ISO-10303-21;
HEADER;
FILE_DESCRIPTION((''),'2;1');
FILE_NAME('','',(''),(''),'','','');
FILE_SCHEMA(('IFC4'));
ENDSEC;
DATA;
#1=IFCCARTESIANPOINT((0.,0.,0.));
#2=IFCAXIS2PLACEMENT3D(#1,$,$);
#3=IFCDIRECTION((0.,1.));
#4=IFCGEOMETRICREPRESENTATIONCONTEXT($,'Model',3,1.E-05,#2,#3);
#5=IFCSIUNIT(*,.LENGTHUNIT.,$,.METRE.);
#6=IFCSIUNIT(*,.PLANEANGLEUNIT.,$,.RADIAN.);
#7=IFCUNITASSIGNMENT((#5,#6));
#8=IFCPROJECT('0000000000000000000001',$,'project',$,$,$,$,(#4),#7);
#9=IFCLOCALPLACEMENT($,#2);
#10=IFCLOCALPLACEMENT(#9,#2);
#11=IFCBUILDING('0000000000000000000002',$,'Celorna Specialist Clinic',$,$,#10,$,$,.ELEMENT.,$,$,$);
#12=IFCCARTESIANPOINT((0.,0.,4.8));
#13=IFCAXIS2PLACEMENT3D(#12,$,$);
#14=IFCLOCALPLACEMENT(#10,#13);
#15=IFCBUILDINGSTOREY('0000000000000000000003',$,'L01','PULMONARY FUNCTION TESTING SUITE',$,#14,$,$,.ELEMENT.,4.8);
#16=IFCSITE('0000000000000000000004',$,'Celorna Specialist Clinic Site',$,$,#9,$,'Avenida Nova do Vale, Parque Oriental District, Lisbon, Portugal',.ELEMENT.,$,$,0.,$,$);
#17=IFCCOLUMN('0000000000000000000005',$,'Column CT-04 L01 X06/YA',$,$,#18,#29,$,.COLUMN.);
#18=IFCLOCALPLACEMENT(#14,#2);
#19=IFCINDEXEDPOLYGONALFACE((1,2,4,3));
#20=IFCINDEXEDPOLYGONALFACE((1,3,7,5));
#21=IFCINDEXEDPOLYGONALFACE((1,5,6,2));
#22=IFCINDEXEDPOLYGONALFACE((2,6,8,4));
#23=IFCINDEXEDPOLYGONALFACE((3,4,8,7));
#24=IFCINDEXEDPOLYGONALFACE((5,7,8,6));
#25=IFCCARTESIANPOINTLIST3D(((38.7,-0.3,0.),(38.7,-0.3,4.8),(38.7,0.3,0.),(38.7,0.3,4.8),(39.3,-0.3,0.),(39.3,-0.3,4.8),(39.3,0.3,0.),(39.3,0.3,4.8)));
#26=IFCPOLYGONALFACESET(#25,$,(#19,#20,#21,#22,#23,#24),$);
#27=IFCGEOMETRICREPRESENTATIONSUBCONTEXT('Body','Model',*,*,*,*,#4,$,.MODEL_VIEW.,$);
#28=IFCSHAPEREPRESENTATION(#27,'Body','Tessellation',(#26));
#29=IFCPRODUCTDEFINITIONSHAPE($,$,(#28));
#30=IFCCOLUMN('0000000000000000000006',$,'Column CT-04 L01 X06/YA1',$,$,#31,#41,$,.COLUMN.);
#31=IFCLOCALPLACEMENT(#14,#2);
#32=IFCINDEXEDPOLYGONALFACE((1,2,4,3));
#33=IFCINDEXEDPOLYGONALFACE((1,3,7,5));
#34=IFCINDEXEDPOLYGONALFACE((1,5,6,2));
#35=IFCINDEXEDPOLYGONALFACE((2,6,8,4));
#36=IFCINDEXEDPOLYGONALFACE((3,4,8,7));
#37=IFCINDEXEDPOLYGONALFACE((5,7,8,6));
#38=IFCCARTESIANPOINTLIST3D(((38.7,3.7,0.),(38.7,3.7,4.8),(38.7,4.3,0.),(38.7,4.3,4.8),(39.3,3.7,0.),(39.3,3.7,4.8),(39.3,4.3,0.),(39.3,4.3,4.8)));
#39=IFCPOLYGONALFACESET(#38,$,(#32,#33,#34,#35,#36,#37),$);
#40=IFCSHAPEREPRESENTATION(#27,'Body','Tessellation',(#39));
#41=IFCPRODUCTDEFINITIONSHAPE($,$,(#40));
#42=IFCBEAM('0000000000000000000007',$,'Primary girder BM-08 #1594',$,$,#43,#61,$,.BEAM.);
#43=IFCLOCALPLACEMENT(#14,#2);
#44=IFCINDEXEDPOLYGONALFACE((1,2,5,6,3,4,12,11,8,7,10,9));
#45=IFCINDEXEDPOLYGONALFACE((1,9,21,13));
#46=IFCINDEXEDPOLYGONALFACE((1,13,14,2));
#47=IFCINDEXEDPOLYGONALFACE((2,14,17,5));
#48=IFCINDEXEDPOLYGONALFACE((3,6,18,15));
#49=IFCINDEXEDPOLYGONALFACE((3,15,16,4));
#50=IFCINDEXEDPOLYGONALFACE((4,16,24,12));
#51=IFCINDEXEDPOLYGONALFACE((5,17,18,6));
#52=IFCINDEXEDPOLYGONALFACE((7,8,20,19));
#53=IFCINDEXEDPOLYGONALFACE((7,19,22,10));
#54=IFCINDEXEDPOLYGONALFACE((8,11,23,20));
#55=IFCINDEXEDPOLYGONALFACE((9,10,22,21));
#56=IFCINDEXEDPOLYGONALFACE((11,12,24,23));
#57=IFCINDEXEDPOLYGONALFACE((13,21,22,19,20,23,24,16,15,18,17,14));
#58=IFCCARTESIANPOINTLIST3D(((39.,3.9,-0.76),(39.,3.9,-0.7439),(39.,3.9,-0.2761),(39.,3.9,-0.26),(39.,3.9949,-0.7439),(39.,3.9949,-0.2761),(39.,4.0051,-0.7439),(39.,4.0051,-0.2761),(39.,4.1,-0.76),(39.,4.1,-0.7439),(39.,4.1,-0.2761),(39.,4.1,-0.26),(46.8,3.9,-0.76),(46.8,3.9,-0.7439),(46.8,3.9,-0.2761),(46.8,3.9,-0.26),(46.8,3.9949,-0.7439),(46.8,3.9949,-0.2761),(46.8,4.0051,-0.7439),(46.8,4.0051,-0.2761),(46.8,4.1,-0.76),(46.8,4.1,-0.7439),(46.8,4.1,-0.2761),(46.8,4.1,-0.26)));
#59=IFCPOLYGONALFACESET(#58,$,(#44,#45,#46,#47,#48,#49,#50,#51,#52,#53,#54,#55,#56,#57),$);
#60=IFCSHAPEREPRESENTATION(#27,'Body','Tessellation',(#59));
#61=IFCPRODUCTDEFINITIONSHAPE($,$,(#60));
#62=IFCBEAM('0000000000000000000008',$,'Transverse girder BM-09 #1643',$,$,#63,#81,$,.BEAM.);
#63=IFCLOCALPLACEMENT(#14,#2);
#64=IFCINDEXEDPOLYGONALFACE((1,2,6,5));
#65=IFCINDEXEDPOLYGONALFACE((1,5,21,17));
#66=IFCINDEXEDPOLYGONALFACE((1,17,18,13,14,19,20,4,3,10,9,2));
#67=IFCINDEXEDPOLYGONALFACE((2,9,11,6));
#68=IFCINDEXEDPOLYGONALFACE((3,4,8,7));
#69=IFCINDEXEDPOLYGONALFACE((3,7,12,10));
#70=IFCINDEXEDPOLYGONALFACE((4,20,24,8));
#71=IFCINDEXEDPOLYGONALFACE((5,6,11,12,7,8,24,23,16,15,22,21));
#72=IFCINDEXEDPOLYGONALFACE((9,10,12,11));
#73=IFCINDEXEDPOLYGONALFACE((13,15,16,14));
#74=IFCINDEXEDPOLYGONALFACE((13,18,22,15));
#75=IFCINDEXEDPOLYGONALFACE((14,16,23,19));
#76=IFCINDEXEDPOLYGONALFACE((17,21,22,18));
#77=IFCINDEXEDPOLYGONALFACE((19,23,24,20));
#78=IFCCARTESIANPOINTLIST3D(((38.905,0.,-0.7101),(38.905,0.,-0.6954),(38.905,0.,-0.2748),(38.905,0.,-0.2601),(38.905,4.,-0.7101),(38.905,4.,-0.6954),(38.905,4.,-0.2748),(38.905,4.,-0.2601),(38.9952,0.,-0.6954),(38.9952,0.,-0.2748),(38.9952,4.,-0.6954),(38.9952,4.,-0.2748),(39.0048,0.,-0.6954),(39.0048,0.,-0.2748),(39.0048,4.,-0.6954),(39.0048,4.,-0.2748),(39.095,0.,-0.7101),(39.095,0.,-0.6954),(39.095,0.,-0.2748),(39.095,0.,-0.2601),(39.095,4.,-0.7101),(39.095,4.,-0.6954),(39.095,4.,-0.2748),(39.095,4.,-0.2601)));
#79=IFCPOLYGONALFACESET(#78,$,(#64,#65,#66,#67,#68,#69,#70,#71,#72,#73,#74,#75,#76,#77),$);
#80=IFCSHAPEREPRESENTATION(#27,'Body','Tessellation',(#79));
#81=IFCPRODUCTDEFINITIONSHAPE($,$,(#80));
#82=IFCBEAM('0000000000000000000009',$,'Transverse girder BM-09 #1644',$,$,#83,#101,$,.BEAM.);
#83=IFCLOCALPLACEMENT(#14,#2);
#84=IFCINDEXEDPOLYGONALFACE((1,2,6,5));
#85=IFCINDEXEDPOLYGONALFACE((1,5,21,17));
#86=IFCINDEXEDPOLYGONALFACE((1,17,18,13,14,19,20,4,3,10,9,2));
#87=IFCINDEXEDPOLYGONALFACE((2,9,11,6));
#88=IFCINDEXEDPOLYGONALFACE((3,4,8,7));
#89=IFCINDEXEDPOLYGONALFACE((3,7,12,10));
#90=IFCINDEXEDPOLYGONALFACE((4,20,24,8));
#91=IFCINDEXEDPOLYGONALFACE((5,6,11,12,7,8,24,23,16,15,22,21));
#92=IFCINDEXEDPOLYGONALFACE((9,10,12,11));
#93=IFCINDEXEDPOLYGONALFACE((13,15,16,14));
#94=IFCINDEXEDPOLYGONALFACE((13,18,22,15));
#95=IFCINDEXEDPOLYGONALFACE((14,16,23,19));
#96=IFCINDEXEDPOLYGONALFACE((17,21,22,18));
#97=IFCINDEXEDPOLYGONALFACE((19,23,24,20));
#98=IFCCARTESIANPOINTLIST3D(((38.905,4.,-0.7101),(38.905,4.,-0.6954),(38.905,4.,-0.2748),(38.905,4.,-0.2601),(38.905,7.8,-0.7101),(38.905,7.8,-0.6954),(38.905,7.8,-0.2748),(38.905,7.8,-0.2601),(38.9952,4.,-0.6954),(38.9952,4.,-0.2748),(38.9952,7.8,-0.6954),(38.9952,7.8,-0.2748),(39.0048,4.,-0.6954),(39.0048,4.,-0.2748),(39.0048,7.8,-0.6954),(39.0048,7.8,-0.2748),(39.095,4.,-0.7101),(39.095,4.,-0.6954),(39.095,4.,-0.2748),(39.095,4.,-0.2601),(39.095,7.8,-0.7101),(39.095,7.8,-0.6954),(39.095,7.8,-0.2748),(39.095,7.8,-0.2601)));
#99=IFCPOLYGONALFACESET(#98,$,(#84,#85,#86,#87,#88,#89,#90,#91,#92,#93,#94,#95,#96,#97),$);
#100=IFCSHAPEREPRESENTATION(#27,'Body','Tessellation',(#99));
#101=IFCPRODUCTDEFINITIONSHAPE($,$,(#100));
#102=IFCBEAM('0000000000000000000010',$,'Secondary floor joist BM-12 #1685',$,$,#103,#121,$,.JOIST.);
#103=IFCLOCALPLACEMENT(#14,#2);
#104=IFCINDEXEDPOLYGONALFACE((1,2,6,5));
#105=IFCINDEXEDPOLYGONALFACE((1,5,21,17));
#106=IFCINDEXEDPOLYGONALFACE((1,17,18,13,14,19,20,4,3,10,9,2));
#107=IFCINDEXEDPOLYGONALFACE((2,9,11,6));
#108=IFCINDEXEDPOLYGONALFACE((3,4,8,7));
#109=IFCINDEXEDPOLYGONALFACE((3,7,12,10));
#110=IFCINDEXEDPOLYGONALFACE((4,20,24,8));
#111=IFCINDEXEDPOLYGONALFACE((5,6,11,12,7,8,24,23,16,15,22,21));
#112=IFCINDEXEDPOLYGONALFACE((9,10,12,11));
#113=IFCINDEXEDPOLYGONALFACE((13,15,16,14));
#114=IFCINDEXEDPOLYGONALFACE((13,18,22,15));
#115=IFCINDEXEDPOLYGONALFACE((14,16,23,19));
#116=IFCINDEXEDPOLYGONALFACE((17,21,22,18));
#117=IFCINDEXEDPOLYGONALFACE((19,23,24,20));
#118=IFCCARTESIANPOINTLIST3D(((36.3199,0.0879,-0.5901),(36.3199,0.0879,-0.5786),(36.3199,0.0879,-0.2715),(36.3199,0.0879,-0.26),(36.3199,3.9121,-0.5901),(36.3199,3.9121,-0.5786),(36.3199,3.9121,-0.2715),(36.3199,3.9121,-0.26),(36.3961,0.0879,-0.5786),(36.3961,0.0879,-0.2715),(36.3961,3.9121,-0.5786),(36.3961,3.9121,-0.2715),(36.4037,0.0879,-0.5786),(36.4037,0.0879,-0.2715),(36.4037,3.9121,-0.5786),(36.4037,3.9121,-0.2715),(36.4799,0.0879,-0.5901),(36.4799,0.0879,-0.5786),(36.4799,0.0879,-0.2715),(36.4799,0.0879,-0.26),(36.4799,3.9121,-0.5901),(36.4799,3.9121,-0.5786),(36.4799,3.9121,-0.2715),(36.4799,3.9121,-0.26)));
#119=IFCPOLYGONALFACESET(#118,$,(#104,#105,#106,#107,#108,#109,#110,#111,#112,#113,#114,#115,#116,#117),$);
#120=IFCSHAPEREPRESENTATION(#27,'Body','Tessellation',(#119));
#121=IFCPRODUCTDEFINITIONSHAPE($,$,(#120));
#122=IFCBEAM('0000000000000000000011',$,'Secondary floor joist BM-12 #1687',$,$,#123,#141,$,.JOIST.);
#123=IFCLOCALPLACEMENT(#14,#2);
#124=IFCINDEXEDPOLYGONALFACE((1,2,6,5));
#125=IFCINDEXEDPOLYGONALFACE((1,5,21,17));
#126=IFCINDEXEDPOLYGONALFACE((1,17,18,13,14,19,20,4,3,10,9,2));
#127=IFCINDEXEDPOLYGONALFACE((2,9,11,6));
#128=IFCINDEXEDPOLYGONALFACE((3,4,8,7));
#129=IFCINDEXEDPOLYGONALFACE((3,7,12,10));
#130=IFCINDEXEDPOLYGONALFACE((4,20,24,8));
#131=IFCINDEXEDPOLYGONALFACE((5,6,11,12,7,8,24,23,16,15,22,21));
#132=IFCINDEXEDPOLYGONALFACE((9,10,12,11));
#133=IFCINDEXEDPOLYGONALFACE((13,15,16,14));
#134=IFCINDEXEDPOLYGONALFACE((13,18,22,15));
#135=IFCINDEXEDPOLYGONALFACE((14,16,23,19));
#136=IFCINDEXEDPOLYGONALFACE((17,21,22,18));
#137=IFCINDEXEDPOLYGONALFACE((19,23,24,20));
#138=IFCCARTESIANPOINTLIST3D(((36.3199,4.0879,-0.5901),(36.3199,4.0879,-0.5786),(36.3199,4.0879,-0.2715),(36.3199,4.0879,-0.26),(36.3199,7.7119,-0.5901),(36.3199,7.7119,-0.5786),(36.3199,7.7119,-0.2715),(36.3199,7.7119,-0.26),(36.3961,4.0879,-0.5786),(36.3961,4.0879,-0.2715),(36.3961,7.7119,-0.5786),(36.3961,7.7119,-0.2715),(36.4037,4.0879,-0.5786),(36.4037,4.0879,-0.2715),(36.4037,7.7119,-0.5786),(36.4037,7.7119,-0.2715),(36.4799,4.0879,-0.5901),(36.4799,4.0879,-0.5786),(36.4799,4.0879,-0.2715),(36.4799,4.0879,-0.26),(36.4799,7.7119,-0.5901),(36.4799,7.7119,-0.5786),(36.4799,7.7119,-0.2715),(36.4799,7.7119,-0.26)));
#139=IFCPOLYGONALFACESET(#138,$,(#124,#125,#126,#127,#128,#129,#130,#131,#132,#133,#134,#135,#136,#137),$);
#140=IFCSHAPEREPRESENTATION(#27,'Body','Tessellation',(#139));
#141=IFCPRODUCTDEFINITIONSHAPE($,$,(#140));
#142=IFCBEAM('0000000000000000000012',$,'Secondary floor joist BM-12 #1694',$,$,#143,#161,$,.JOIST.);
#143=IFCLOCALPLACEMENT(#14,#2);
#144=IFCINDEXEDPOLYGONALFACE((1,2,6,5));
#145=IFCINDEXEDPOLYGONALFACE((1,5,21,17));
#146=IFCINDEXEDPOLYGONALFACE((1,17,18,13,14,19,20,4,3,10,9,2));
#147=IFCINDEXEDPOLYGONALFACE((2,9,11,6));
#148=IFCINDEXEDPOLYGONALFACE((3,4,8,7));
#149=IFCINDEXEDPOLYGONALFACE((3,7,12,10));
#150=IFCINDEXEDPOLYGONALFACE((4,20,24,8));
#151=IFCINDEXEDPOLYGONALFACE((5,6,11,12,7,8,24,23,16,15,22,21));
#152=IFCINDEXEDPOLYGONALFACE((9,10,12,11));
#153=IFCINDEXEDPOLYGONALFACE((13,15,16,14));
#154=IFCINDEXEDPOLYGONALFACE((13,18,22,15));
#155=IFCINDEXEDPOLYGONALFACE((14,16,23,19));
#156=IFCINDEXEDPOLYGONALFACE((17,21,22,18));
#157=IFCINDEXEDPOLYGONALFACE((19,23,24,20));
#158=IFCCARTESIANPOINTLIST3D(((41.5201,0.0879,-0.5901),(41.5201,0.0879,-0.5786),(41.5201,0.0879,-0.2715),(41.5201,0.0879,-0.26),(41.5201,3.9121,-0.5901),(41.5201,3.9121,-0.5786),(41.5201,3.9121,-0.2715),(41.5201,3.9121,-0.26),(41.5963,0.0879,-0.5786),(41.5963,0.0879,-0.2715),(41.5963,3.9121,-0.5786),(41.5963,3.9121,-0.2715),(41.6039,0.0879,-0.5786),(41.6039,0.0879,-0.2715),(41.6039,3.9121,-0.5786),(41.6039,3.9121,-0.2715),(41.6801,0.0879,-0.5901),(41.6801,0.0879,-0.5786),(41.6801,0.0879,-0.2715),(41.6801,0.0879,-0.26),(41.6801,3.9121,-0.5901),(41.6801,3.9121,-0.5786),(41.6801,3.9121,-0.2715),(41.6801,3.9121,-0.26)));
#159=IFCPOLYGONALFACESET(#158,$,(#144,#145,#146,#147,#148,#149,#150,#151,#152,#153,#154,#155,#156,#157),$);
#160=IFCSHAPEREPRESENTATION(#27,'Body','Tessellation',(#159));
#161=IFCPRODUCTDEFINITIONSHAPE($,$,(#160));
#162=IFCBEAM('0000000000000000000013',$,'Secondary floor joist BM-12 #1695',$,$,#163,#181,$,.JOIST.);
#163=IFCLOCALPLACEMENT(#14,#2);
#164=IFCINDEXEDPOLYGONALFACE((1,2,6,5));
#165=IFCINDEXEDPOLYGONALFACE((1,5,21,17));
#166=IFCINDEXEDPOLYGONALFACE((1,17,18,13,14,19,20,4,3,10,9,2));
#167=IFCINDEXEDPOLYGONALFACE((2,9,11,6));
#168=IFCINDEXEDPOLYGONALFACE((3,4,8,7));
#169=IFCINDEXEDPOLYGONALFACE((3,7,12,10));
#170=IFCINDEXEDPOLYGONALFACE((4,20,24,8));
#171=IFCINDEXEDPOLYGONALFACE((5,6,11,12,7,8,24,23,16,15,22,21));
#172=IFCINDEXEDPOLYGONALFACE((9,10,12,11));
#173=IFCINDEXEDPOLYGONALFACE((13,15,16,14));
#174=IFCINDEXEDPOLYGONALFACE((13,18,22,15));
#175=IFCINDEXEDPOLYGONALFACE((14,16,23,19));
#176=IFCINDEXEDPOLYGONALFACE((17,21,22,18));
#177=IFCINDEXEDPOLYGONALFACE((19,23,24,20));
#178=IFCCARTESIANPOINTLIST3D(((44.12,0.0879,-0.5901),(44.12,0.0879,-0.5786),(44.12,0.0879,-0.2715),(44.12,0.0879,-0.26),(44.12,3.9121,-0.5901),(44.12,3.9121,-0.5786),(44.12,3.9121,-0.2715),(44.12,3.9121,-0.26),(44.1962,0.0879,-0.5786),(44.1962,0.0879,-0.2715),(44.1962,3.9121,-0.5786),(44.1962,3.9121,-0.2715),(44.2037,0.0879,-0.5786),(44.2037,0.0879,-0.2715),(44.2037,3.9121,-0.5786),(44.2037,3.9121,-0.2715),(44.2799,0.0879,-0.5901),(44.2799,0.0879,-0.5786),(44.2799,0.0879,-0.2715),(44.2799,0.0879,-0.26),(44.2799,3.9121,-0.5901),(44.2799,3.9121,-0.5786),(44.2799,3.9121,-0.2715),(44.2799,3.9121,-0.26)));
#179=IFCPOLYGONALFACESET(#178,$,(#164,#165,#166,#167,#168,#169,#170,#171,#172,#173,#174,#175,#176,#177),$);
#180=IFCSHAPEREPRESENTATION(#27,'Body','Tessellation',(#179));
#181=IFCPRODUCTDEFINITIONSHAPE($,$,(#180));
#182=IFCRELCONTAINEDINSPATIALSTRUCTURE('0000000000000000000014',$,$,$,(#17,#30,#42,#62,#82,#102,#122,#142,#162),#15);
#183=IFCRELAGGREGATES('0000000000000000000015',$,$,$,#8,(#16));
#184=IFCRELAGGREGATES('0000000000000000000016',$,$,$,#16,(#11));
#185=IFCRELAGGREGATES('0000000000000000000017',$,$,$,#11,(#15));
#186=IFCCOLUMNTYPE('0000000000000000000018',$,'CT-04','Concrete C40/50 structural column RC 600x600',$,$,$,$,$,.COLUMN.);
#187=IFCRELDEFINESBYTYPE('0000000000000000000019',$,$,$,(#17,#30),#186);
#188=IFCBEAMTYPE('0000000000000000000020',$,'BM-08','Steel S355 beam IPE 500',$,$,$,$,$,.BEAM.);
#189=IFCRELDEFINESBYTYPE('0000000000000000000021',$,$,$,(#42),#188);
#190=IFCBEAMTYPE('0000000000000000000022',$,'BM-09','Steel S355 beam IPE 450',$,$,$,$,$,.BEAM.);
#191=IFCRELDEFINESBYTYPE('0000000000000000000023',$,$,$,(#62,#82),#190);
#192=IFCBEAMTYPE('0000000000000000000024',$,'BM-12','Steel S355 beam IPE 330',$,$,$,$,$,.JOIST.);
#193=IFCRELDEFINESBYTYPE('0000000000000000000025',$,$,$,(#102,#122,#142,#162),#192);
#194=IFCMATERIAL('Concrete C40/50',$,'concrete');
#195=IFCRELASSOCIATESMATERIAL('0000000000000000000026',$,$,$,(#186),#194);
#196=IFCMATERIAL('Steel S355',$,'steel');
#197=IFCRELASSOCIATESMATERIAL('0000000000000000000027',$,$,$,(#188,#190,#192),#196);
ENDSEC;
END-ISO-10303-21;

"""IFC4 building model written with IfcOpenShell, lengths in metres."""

from ifc_helpers import new_model, si_unit, direction, frame, origin, origin_2d, place, context, subcontext, project, spatial, rectangle, i_section, extrude, material, material_profile, profile_set, type_object, element, save


model = new_model("IFC4")

# Units and contexts
model_context = context("Model", 3, precision=1e-05, world=origin(), true_north=direction((0.0, 1.0)))
body_context = subcontext(model_context, "Body", "Model", "MODEL_VIEW")
ifc_project = project(units=[si_unit("LENGTHUNIT", "METRE"), si_unit("PLANEANGLEUNIT", "RADIAN")], contexts=[model_context])

# Site, building, storey
site_placement = place(None, origin())
site = spatial("IfcSite", under=ifc_project, at=site_placement, Name="Celorna Specialist Clinic Site", LongName="Avenida Nova do Vale, Parque Oriental District, Lisbon, Portugal", CompositionType="ELEMENT", RefElevation=0.0)
building_placement = place(site_placement, origin())
building = spatial("IfcBuilding", under=site, at=building_placement, Name="Celorna Specialist Clinic", CompositionType="ELEMENT")
storey_placement = place(building_placement, frame((0.0, 0.0, 4.8)))
storey = spatial("IfcBuildingStorey", under=building, at=storey_placement, Name="L01", Description="PULMONARY FUNCTION TESTING SUITE", CompositionType="ELEMENT", Elevation=4.8)

# Columns
ifc_material_1 = material(Name="Concrete C40/50", Category="concrete")
ifc_material_profile_1 = material_profile(ifc_material_1, rectangle(XDim=0.6001, YDim=0.6001, at=origin_2d()), Name="RC 600x600")
ifc_profile_set_1 = profile_set([ifc_material_profile_1], Name="Concrete C40/50")
column_type = type_object("IfcColumnType", Name="CT-04", Description="Concrete C40/50 structural column RC 600x600", PredefinedType="COLUMN", material=ifc_profile_set_1)
for number, where, z_axis, x_axis, name in (
    (1, (39.0, 0.0, 0.0), (0.0, 0.0, 1.0), (1.0, 0.0, 0.0), "Column CT-04 L01 X06/YA"),
    (2, (39.0, 4.0, 0.0), (0.0, 0.0, 1.0), (1.0, 0.0, 0.0), "Column CT-04 L01 X06/YA1"),
):
    element("IfcColumn", number, at=place(storey_placement, frame(where, z_axis=z_axis, x_axis=x_axis)), inside=storey, type_object=column_type, Name=name, PredefinedType="COLUMN", context=body_context, shape_type="SweptSolid", body=[
        extrude(rectangle(XDim=0.6001, YDim=0.6001, at=origin_2d()), origin(), (0.0, 0.0, 1.0), 4.8),
    ])

# Beams
ifc_material_2 = material(Name="Steel S355", Category="steel")
ifc_material_profile_2 = material_profile(ifc_material_2, i_section(OverallWidth=0.2, OverallDepth=0.5, WebThickness=0.0103, FlangeThickness=0.0161, at=origin_2d()), Name="IPE 500")
ifc_profile_set_2 = profile_set([ifc_material_profile_2], Name="Steel S355")
beam_type_1 = type_object("IfcBeamType", Name="BM-08", Description="Steel S355 beam IPE 500", PredefinedType="BEAM", material=ifc_profile_set_2)
beam_1_placement = place(storey_placement, frame((39.0, 4.0, -0.51), z_axis=(1.0, 0.0, 0.0), x_axis=(0.0, 1.0, 0.0)))
element("IfcBeam", 3, at=beam_1_placement, inside=storey, type_object=beam_type_1, Name="Primary girder BM-08 #1594", PredefinedType="BEAM", context=body_context, shape_type="SweptSolid", body=[
    extrude(i_section(OverallWidth=0.2, OverallDepth=0.5, WebThickness=0.0103, FlangeThickness=0.0161, at=origin_2d()), origin(), (0.0, 0.0, 1.0), 7.8),
])
ifc_material_profile_3 = material_profile(ifc_material_2, i_section(OverallWidth=0.1899, OverallDepth=0.45, WebThickness=0.0095, FlangeThickness=0.0146, at=origin_2d()), Name="IPE 450")
ifc_profile_set_3 = profile_set([ifc_material_profile_3], Name="Steel S355")
beam_type_2 = type_object("IfcBeamType", Name="BM-09", Description="Steel S355 beam IPE 450", PredefinedType="BEAM", material=ifc_profile_set_3)
beam_2_placement = place(storey_placement, frame((39.0, 0.0, -0.4851), z_axis=(0.0, 1.0, 0.0), x_axis=(-1.0, 0.0, 0.0)))
element("IfcBeam", 4, at=beam_2_placement, inside=storey, type_object=beam_type_2, Name="Transverse girder BM-09 #1643", PredefinedType="BEAM", context=body_context, shape_type="SweptSolid", body=[
    extrude(i_section(OverallWidth=0.1899, OverallDepth=0.45, WebThickness=0.0095, FlangeThickness=0.0146, at=origin_2d()), origin(), (0.0, 0.0, 1.0), 4.0),
])
beam_3_placement = place(storey_placement, frame((39.0, 4.0, -0.4851), z_axis=(0.0, 1.0, 0.0), x_axis=(-1.0, 0.0, 0.0)))
element("IfcBeam", 5, at=beam_3_placement, inside=storey, type_object=beam_type_2, Name="Transverse girder BM-09 #1644", PredefinedType="BEAM", context=body_context, shape_type="SweptSolid", body=[
    extrude(i_section(OverallWidth=0.1899, OverallDepth=0.45, WebThickness=0.0095, FlangeThickness=0.0146, at=origin_2d()), origin(), (0.0, 0.0, 1.0), 3.8),
])
ifc_material_profile_4 = material_profile(ifc_material_2, i_section(OverallWidth=0.1599, OverallDepth=0.3301, WebThickness=0.0076, FlangeThickness=0.0115, at=origin_2d()), Name="IPE 330")
ifc_profile_set_4 = profile_set([ifc_material_profile_4], Name="Steel S355")
beam_type_3 = type_object("IfcBeamType", Name="BM-12", Description="Steel S355 beam IPE 330", PredefinedType="JOIST", material=ifc_profile_set_4)
beam_4_placement = place(storey_placement, frame((36.3999, 0.0879, -0.425), z_axis=(0.0, 1.0, 0.0), x_axis=(-1.0, 0.0, 0.0)))
element("IfcBeam", 6, at=beam_4_placement, inside=storey, type_object=beam_type_3, Name="Secondary floor joist BM-12 #1685", PredefinedType="JOIST", context=body_context, shape_type="SweptSolid", body=[
    extrude(i_section(OverallWidth=0.1599, OverallDepth=0.3301, WebThickness=0.0076, FlangeThickness=0.0115, at=origin_2d()), origin(), (0.0, 0.0, 1.0), 3.8242),
])
beam_5_placement = place(storey_placement, frame((36.3999, 4.0879, -0.425), z_axis=(0.0, 1.0, 0.0), x_axis=(-1.0, 0.0, 0.0)))
element("IfcBeam", 7, at=beam_5_placement, inside=storey, type_object=beam_type_3, Name="Secondary floor joist BM-12 #1687", PredefinedType="JOIST", context=body_context, shape_type="SweptSolid", body=[
    extrude(i_section(OverallWidth=0.1599, OverallDepth=0.3301, WebThickness=0.0076, FlangeThickness=0.0115, at=origin_2d()), origin(), (0.0, 0.0, 1.0), 3.624),
])
for number, where, z_axis, x_axis, name in (
    (8, (41.6001, 0.0879, -0.425), (0.0, 1.0, 0.0), (-1.0, 0.0, 0.0), "Secondary floor joist BM-12 #1694"),
    (9, (44.2, 0.0879, -0.425), (0.0, 1.0, 0.0), (-1.0, 0.0, 0.0), "Secondary floor joist BM-12 #1695"),
):
    element("IfcBeam", number, at=place(storey_placement, frame(where, z_axis=z_axis, x_axis=x_axis)), inside=storey, type_object=beam_type_3, Name=name, PredefinedType="JOIST", context=body_context, shape_type="SweptSolid", body=[
        extrude(i_section(OverallWidth=0.1599, OverallDepth=0.3301, WebThickness=0.0076, FlangeThickness=0.0115, at=origin_2d()), origin(), (0.0, 0.0, 1.0), 3.8242),
    ])

save(model, "model.ifc")
